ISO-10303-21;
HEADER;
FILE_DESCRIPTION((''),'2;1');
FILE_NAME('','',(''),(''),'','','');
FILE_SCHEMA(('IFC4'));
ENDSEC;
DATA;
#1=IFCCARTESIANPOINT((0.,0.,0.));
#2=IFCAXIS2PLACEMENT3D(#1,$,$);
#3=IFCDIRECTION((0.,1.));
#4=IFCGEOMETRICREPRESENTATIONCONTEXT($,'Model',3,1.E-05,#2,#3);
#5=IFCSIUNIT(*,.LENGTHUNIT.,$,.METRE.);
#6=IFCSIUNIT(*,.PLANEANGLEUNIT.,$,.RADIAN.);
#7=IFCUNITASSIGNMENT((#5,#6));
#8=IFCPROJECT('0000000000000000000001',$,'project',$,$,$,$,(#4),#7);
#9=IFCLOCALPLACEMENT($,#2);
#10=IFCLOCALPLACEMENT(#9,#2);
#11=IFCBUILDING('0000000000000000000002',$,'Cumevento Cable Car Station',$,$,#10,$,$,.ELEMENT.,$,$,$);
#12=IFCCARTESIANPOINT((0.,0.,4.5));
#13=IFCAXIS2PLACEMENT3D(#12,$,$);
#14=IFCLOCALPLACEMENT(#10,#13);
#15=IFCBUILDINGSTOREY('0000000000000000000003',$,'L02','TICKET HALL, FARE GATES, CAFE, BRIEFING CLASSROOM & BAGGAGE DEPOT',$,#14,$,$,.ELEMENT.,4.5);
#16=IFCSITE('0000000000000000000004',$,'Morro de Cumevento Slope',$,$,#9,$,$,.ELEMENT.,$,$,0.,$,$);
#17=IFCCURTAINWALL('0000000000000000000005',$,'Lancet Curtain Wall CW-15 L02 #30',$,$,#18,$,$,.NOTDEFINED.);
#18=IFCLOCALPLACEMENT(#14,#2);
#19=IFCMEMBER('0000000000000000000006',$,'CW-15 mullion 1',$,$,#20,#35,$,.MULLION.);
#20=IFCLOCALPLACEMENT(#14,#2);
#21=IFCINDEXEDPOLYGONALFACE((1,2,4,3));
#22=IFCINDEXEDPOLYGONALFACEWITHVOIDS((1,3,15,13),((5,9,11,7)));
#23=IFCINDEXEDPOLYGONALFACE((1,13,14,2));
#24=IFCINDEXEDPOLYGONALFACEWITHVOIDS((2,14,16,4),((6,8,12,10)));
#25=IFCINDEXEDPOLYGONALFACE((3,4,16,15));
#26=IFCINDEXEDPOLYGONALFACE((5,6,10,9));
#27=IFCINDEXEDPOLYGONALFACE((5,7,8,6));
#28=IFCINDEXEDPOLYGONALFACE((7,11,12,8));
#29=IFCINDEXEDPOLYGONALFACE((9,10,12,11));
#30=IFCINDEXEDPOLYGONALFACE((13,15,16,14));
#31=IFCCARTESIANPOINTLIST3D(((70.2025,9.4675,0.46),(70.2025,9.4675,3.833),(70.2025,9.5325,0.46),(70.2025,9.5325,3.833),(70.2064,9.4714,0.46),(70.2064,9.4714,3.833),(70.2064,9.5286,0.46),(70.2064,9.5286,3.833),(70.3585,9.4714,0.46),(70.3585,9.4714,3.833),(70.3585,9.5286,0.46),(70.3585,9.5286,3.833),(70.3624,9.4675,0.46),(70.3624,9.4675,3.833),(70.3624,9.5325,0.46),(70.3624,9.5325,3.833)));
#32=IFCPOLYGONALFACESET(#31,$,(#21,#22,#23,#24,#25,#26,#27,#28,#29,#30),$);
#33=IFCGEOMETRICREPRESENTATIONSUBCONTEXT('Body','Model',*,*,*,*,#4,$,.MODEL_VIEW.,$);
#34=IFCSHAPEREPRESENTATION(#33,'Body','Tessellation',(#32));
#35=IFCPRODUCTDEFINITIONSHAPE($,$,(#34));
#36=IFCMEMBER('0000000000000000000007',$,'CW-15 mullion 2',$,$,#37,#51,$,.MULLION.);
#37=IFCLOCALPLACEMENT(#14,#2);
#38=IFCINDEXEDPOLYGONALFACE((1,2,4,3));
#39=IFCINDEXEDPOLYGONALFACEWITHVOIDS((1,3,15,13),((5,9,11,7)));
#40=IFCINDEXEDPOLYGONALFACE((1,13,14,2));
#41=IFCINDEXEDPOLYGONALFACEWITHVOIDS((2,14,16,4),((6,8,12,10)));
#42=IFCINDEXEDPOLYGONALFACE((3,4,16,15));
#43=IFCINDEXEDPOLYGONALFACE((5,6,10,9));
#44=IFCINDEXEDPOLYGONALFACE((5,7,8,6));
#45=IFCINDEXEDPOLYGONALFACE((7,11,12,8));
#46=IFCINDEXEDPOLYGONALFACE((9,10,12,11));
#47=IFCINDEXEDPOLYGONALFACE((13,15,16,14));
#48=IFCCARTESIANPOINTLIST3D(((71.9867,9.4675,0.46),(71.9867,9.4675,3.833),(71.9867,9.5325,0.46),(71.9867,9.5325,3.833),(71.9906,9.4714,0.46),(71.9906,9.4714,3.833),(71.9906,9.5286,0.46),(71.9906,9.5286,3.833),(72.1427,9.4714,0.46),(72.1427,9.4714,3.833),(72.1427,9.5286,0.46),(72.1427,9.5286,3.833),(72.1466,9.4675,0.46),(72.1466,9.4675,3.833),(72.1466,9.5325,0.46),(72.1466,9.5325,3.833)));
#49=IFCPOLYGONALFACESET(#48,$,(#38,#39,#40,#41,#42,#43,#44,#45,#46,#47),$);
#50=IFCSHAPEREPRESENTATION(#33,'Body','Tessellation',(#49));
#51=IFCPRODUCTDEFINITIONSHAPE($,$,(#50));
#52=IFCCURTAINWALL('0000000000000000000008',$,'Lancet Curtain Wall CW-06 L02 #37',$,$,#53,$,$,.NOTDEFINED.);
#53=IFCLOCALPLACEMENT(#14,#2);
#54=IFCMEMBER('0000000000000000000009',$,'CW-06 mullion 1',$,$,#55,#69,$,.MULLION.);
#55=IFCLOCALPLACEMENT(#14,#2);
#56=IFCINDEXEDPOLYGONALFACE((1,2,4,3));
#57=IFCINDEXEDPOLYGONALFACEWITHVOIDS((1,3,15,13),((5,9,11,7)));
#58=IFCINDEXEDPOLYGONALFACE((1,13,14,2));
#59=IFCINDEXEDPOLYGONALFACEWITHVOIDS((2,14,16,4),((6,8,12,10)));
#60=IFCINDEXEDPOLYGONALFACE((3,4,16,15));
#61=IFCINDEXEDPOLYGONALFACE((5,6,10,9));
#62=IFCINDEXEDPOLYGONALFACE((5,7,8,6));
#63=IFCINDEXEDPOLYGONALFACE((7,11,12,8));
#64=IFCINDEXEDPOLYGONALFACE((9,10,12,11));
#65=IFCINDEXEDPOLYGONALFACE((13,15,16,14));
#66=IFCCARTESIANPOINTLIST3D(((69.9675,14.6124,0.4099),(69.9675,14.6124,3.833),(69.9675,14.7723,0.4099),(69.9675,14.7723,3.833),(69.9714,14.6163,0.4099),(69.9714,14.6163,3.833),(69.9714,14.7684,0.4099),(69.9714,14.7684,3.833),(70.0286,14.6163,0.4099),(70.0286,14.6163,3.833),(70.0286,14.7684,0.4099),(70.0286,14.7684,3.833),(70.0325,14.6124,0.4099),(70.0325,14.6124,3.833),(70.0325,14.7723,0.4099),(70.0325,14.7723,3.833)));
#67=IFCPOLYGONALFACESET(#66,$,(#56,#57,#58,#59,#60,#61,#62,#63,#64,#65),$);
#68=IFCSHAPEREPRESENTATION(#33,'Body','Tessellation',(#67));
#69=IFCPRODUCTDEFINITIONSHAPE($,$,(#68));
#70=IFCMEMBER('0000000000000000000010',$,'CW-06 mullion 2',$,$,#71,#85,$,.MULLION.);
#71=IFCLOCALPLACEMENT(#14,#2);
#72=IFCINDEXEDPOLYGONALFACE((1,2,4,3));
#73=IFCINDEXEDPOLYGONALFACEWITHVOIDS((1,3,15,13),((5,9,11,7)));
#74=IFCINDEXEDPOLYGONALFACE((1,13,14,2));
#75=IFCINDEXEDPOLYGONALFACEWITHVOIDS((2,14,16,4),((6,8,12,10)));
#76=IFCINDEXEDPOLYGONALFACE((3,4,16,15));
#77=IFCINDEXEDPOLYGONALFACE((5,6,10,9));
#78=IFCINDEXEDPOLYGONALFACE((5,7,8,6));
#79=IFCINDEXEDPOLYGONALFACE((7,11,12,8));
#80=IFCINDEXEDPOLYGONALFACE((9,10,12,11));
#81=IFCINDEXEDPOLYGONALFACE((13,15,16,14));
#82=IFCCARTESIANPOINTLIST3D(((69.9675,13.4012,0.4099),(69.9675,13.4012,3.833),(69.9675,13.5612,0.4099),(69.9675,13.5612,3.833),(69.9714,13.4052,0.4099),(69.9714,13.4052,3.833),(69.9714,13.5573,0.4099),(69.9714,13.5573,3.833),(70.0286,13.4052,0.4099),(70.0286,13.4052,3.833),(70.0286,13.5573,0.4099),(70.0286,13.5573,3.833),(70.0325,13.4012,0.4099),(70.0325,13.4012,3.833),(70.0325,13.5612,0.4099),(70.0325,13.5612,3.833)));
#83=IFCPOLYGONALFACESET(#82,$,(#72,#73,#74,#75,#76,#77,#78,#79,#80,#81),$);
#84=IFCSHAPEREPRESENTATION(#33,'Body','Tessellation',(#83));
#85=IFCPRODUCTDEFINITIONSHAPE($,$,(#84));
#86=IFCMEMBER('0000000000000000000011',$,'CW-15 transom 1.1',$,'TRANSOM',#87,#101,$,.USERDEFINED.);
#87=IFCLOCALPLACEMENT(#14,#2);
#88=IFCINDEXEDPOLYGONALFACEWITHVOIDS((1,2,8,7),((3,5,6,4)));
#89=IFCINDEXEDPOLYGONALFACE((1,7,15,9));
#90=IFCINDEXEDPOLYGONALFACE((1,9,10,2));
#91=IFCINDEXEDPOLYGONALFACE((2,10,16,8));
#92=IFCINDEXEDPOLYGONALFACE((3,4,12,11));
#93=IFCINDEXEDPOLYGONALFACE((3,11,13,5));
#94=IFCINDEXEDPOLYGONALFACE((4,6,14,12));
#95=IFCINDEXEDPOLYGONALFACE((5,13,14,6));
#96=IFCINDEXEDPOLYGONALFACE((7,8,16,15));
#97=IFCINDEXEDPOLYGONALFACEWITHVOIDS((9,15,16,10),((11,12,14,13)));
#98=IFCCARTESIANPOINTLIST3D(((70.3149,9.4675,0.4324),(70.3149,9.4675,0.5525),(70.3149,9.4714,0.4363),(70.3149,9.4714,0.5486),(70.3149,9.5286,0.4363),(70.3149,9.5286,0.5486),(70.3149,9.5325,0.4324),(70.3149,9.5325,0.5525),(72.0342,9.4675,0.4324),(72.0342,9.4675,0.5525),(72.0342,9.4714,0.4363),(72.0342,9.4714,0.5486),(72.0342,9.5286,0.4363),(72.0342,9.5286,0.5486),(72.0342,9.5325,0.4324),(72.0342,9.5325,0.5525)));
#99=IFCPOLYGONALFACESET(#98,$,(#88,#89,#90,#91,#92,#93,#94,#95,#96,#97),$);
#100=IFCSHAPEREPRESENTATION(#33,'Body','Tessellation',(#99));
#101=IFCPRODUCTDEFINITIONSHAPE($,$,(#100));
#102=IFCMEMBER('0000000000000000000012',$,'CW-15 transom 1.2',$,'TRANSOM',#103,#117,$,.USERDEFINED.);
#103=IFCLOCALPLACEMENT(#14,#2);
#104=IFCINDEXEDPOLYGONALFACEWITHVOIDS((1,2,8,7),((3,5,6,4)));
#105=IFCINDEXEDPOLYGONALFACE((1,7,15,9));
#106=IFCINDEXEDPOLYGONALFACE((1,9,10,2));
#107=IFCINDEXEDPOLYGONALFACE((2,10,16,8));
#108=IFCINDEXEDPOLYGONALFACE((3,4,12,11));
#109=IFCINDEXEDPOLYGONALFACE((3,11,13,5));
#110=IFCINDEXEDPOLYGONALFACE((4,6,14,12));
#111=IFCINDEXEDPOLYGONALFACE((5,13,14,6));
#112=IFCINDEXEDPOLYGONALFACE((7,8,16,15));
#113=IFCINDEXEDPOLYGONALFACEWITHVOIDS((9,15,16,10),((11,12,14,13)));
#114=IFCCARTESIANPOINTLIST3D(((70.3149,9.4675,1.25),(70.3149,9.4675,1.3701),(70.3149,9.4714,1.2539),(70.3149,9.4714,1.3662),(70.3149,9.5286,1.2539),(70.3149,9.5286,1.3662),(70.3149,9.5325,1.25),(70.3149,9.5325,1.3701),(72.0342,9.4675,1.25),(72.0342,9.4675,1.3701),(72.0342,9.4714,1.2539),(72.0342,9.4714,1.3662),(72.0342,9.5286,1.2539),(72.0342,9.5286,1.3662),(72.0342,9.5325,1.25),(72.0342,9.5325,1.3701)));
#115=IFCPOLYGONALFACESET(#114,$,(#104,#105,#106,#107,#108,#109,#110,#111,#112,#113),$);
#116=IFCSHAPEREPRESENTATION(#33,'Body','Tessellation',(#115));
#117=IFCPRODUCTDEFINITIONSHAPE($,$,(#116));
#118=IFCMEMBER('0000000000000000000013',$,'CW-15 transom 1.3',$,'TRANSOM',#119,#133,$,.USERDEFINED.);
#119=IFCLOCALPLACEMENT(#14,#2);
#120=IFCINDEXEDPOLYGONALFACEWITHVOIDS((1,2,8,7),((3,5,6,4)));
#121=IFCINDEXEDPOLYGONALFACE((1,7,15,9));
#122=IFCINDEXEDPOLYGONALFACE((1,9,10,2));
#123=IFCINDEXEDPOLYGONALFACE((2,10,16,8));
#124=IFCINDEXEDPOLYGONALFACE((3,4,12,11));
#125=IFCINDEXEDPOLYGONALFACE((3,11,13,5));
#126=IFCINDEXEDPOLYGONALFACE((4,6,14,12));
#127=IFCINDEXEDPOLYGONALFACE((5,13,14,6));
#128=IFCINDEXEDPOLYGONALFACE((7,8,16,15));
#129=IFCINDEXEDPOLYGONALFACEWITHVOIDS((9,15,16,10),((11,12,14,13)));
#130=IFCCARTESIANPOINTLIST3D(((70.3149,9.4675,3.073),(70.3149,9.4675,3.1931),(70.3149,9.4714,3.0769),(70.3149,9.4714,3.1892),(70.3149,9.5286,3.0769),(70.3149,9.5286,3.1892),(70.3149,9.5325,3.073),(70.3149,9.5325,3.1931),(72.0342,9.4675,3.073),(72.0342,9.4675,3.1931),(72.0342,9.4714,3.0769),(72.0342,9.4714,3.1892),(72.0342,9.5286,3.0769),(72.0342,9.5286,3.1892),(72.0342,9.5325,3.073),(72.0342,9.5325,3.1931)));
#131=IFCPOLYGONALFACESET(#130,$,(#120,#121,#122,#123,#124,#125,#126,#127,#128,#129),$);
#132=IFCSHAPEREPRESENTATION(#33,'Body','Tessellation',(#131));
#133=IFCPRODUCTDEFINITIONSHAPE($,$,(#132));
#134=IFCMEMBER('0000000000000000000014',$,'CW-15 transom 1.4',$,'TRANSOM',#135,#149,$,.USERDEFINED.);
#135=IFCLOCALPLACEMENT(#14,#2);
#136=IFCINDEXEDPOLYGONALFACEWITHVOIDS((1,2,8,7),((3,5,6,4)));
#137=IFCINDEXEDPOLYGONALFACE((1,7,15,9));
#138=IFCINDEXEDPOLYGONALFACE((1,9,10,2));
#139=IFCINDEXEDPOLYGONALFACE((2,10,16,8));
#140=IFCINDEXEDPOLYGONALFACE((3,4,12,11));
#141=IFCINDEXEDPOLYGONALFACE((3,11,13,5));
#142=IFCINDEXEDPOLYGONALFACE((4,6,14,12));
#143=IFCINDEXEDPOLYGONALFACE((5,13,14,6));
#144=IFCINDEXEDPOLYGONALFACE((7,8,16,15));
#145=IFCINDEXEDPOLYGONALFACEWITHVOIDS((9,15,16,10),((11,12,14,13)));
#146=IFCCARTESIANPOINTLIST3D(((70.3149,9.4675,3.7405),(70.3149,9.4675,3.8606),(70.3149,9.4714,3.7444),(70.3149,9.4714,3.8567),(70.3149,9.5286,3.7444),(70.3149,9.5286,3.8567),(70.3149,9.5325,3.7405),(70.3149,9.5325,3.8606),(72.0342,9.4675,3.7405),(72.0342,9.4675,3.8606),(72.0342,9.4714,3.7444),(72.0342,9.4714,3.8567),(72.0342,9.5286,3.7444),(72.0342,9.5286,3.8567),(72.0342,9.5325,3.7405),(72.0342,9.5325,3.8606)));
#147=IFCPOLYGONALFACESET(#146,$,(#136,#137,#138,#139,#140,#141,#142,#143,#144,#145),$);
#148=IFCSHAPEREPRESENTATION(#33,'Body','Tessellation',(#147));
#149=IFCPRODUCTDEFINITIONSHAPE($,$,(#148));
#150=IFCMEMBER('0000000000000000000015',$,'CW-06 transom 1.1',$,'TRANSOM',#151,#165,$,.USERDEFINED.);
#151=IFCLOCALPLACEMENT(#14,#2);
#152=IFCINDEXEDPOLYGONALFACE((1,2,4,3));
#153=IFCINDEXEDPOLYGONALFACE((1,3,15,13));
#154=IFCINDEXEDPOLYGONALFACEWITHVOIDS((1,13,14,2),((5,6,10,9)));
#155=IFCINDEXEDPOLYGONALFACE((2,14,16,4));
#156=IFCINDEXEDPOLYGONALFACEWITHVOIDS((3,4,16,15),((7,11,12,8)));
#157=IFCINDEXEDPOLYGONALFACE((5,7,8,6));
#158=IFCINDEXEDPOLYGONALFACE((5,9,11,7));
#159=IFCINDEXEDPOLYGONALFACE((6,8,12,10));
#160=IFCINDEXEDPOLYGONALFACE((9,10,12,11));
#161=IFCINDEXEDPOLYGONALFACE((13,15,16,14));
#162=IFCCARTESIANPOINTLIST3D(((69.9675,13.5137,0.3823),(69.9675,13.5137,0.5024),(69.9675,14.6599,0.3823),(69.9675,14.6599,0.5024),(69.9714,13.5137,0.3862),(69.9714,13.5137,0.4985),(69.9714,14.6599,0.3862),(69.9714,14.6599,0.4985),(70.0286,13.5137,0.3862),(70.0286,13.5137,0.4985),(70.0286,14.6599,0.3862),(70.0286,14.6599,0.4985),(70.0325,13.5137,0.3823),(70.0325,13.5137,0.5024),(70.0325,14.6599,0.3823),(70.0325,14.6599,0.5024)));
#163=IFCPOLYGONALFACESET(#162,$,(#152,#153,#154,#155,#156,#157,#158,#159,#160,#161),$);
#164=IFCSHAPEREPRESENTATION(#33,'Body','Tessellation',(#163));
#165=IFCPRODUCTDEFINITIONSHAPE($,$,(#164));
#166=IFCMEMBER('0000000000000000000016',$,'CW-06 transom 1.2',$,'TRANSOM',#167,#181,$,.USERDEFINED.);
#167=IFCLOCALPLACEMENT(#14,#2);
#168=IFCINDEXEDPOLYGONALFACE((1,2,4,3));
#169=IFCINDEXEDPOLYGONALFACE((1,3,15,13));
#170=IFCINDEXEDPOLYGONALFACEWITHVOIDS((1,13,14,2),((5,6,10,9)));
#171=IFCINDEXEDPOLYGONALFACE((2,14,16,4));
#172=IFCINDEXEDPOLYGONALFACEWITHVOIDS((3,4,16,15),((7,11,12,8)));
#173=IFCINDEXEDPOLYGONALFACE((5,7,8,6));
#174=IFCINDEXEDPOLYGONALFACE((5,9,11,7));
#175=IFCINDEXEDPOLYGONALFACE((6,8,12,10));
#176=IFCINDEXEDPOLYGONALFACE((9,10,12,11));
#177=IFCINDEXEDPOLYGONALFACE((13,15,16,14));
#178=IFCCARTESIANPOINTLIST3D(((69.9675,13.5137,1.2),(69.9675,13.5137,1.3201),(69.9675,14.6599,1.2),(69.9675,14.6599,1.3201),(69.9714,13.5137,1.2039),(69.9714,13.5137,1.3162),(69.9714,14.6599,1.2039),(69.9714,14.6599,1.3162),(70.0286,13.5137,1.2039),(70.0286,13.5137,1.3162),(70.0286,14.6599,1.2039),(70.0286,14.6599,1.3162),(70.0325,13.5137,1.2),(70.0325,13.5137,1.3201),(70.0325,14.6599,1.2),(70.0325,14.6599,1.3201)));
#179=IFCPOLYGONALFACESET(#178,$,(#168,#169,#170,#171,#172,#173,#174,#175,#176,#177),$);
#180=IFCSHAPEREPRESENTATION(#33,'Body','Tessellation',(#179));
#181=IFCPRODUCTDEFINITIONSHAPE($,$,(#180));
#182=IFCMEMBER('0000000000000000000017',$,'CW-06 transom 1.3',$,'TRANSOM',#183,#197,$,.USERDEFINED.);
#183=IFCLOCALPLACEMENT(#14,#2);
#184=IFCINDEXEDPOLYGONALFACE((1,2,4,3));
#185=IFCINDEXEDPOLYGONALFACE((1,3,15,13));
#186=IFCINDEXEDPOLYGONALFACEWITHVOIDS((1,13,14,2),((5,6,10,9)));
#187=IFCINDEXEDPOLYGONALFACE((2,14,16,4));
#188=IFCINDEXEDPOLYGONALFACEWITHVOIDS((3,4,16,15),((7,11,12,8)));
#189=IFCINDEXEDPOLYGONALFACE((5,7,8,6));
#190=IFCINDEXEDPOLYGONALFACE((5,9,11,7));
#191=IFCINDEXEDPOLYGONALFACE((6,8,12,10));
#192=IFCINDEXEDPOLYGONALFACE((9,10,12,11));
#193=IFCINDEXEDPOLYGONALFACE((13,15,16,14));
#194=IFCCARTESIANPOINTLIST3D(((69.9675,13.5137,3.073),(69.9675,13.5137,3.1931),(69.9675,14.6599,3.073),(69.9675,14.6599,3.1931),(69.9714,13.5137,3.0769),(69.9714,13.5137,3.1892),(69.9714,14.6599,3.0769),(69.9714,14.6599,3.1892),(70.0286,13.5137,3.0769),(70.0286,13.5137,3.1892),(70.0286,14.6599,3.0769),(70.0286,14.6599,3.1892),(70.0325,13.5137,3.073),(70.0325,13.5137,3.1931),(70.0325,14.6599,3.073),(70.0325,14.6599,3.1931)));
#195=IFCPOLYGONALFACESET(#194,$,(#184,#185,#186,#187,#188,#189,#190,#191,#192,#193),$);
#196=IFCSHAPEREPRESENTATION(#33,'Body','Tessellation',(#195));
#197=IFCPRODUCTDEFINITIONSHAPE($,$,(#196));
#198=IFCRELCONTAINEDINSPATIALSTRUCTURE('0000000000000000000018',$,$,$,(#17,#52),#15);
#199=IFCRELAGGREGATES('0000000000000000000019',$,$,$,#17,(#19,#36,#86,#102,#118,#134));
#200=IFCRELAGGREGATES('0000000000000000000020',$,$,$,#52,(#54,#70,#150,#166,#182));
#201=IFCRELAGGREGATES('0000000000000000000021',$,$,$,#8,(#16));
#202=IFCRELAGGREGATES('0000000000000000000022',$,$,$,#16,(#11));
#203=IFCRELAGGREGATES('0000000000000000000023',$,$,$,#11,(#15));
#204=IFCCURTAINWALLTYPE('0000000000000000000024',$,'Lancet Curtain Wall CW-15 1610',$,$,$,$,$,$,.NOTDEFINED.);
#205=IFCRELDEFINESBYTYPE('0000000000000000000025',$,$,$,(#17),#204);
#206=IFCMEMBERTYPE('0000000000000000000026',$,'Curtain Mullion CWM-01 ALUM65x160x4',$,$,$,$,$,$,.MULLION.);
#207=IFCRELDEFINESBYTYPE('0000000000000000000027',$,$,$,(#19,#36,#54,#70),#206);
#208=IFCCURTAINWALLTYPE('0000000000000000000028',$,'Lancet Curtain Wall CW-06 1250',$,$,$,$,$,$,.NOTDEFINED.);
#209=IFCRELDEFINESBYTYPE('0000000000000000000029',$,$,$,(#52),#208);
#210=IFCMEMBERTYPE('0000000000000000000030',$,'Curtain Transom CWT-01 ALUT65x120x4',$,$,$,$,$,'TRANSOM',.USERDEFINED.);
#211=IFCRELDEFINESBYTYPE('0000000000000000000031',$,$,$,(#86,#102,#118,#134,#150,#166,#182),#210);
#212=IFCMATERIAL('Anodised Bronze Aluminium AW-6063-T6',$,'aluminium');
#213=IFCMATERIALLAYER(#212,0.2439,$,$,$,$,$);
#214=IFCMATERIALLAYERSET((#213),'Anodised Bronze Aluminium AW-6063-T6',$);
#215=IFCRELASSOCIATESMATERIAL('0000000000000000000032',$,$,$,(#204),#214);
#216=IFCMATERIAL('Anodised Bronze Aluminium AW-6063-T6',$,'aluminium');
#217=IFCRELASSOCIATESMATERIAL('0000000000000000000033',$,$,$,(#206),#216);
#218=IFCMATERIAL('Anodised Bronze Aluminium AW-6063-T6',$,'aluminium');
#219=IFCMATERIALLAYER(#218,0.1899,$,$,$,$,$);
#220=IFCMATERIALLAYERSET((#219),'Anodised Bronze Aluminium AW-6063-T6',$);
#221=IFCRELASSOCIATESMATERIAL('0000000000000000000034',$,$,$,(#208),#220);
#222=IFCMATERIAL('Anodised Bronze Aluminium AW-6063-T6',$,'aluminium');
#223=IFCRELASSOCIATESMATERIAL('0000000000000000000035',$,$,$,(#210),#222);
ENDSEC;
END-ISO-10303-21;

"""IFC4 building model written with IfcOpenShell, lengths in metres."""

from ifc_helpers import new_model, si_unit, direction, frame, origin, origin_2d, place, context, subcontext, project, spatial, hollow_rectangle, extrude, material, layer, layer_set, material_profile, profile_set, type_object, element, aggregate, save


model = new_model("IFC4")

# Units and contexts
model_context = context("Model", 3, precision=1e-05, world=origin(), true_north=direction((0.0, 1.0)))
body_context = subcontext(model_context, "Body", "Model", "MODEL_VIEW")
ifc_project = project(units=[si_unit("LENGTHUNIT", "METRE"), si_unit("PLANEANGLEUNIT", "RADIAN")], contexts=[model_context])

# Site, building, storey
site_placement = place(None, origin())
site = spatial("IfcSite", under=ifc_project, at=site_placement, Name="Morro de Cumevento Slope", CompositionType="ELEMENT", RefElevation=0.0)
building_placement = place(site_placement, origin())
building = spatial("IfcBuilding", under=site, at=building_placement, Name="Cumevento Cable Car Station", CompositionType="ELEMENT")
storey_placement = place(building_placement, frame((0.0, 0.0, 4.5)))
storey = spatial("IfcBuildingStorey", under=building, at=storey_placement, Name="L02", Description="TICKET HALL, FARE GATES, CAFE, BRIEFING CLASSROOM & BAGGAGE DEPOT", CompositionType="ELEMENT", Elevation=4.5)

# Curtain walls, members
ifc_material_1 = material(Name="Anodised Bronze Aluminium AW-6063-T6", Category="aluminium")
ifc_layer_1 = layer(ifc_material_1, 0.2439)
ifc_layer_set_1 = layer_set([ifc_layer_1], Name="Anodised Bronze Aluminium AW-6063-T6")
curtain_wall_type_1 = type_object("IfcCurtainWallType", Name="Lancet Curtain Wall CW-15 1610", PredefinedType="NOTDEFINED", material=ifc_layer_set_1)
curtain_wall_1_placement = place(storey_placement, origin())
curtain_wall_1 = element("IfcCurtainWall", 1, at=curtain_wall_1_placement, inside=storey, type_object=curtain_wall_type_1, Name="Lancet Curtain Wall CW-15 L02 #30", PredefinedType="NOTDEFINED")
ifc_material_2 = material(Name="Anodised Bronze Aluminium AW-6063-T6", Category="aluminium")
ifc_material_profile_1 = material_profile(ifc_material_2, hollow_rectangle(XDim=0.0649, YDim=0.1599, WallThickness=0.0039, at=origin_2d()), Name="ALUM65x160x4")
ifc_profile_set_1 = profile_set([ifc_material_profile_1], Name="Anodised Bronze Aluminium AW-6063-T6")
member_type_1 = type_object("IfcMemberType", Name="Curtain Mullion CWM-01 ALUM65x160x4", PredefinedType="MULLION", material=ifc_profile_set_1)
member_1_placement = place(storey_placement, frame((70.2825, 9.5, 0.46), z_axis=(0.0, 0.0, 1.0), x_axis=(0.0, 1.0, 0.0)))
member_1 = element("IfcMember", 2, at=member_1_placement, type_object=member_type_1, Name="CW-15 mullion 1", PredefinedType="MULLION", context=body_context, shape_type="SweptSolid", body=[
    extrude(hollow_rectangle(XDim=0.0649, YDim=0.1599, WallThickness=0.0039, at=origin_2d()), origin(), (0.0, 0.0, 1.0), 3.373),
])
member_2_placement = place(storey_placement, frame((72.0667, 9.5, 0.46), z_axis=(0.0, 0.0, 1.0), x_axis=(0.0, 1.0, 0.0)))
member_2 = element("IfcMember", 3, at=member_2_placement, type_object=member_type_1, Name="CW-15 mullion 2", PredefinedType="MULLION", context=body_context, shape_type="SweptSolid", body=[
    extrude(hollow_rectangle(XDim=0.0649, YDim=0.1599, WallThickness=0.0039, at=origin_2d()), origin(), (0.0, 0.0, 1.0), 3.373),
])
ifc_material_3 = material(Name="Anodised Bronze Aluminium AW-6063-T6", Category="aluminium")
ifc_layer_2 = layer(ifc_material_3, 0.1899)
ifc_layer_set_2 = layer_set([ifc_layer_2], Name="Anodised Bronze Aluminium AW-6063-T6")
curtain_wall_type_2 = type_object("IfcCurtainWallType", Name="Lancet Curtain Wall CW-06 1250", PredefinedType="NOTDEFINED", material=ifc_layer_set_2)
curtain_wall_2_placement = place(storey_placement, origin())
curtain_wall_2 = element("IfcCurtainWall", 4, at=curtain_wall_2_placement, inside=storey, type_object=curtain_wall_type_2, Name="Lancet Curtain Wall CW-06 L02 #37", PredefinedType="NOTDEFINED")
member_3_placement = place(storey_placement, frame((70.0, 14.6924, 0.4099), z_axis=(0.0, 0.0, 1.0), x_axis=(1.0, 0.0, 0.0)))
member_3 = element("IfcMember", 5, at=member_3_placement, type_object=member_type_1, Name="CW-06 mullion 1", PredefinedType="MULLION", context=body_context, shape_type="SweptSolid", body=[
    extrude(hollow_rectangle(XDim=0.0649, YDim=0.1599, WallThickness=0.0039, at=origin_2d()), origin(), (0.0, 0.0, 1.0), 3.4231),
])
member_4_placement = place(storey_placement, frame((70.0, 13.4812, 0.4099), z_axis=(0.0, 0.0, 1.0), x_axis=(1.0, 0.0, 0.0)))
member_4 = element("IfcMember", 6, at=member_4_placement, type_object=member_type_1, Name="CW-06 mullion 2", PredefinedType="MULLION", context=body_context, shape_type="SweptSolid", body=[
    extrude(hollow_rectangle(XDim=0.0649, YDim=0.1599, WallThickness=0.0039, at=origin_2d()), origin(), (0.0, 0.0, 1.0), 3.4231),
])

# Members
ifc_material_4 = material(Name="Anodised Bronze Aluminium AW-6063-T6", Category="aluminium")
ifc_material_profile_2 = material_profile(ifc_material_4, hollow_rectangle(XDim=0.0649, YDim=0.1201, WallThickness=0.0039, at=origin_2d()), Name="ALUT65x120x4")
ifc_profile_set_2 = profile_set([ifc_material_profile_2], Name="Anodised Bronze Aluminium AW-6063-T6")
member_type_2 = type_object("IfcMemberType", Name="Curtain Transom CWT-01 ALUT65x120x4", ElementType="TRANSOM", PredefinedType="USERDEFINED", material=ifc_profile_set_2)
member_5_placement = place(storey_placement, frame((70.3149, 9.5, 0.4924), z_axis=(1.0, 0.0, 0.0), x_axis=(0.0, 1.0, 0.0)))
member_5 = element("IfcMember", 7, at=member_5_placement, type_object=member_type_2, Name="CW-15 transom 1.1", ObjectType="TRANSOM", PredefinedType="USERDEFINED", context=body_context, shape_type="SweptSolid", body=[
    extrude(hollow_rectangle(XDim=0.0649, YDim=0.1201, WallThickness=0.0039, at=origin_2d()), origin(), (0.0, 0.0, 1.0), 1.7192),
])
member_6_placement = place(storey_placement, frame((70.3149, 9.5, 1.3101), z_axis=(1.0, 0.0, 0.0), x_axis=(0.0, 1.0, 0.0)))
member_6 = element("IfcMember", 8, at=member_6_placement, type_object=member_type_2, Name="CW-15 transom 1.2", ObjectType="TRANSOM", PredefinedType="USERDEFINED", context=body_context, shape_type="SweptSolid", body=[
    extrude(hollow_rectangle(XDim=0.0649, YDim=0.1201, WallThickness=0.0039, at=origin_2d()), origin(), (0.0, 0.0, 1.0), 1.7192),
])
member_7_placement = place(storey_placement, frame((70.3149, 9.5, 3.1331), z_axis=(1.0, 0.0, 0.0), x_axis=(0.0, 1.0, 0.0)))
member_7 = element("IfcMember", 9, at=member_7_placement, type_object=member_type_2, Name="CW-15 transom 1.3", ObjectType="TRANSOM", PredefinedType="USERDEFINED", context=body_context, shape_type="SweptSolid", body=[
    extrude(hollow_rectangle(XDim=0.0649, YDim=0.1201, WallThickness=0.0039, at=origin_2d()), origin(), (0.0, 0.0, 1.0), 1.7192),
])
member_8_placement = place(storey_placement, frame((70.3149, 9.5, 3.8005), z_axis=(1.0, 0.0, 0.0), x_axis=(0.0, 1.0, 0.0)))
member_8 = element("IfcMember", 10, at=member_8_placement, type_object=member_type_2, Name="CW-15 transom 1.4", ObjectType="TRANSOM", PredefinedType="USERDEFINED", context=body_context, shape_type="SweptSolid", body=[
    extrude(hollow_rectangle(XDim=0.0649, YDim=0.1201, WallThickness=0.0039, at=origin_2d()), origin(), (0.0, 0.0, 1.0), 1.7192),
])
member_9_placement = place(storey_placement, frame((70.0, 14.6599, 0.4424), z_axis=(0.0, -1.0, 0.0), x_axis=(1.0, 0.0, 0.0)))
member_9 = element("IfcMember", 11, at=member_9_placement, type_object=member_type_2, Name="CW-06 transom 1.1", ObjectType="TRANSOM", PredefinedType="USERDEFINED", context=body_context, shape_type="SweptSolid", body=[
    extrude(hollow_rectangle(XDim=0.0649, YDim=0.1201, WallThickness=0.0039, at=origin_2d()), origin(), (0.0, 0.0, 1.0), 1.1462),
])
member_10_placement = place(storey_placement, frame((70.0, 14.6599, 1.26), z_axis=(0.0, -1.0, 0.0), x_axis=(1.0, 0.0, 0.0)))
member_10 = element("IfcMember", 12, at=member_10_placement, type_object=member_type_2, Name="CW-06 transom 1.2", ObjectType="TRANSOM", PredefinedType="USERDEFINED", context=body_context, shape_type="SweptSolid", body=[
    extrude(hollow_rectangle(XDim=0.0649, YDim=0.1201, WallThickness=0.0039, at=origin_2d()), origin(), (0.0, 0.0, 1.0), 1.1462),
])
member_11_placement = place(storey_placement, frame((70.0, 14.6599, 3.1331), z_axis=(0.0, -1.0, 0.0), x_axis=(1.0, 0.0, 0.0)))
member_11 = element("IfcMember", 13, at=member_11_placement, type_object=member_type_2, Name="CW-06 transom 1.3", ObjectType="TRANSOM", PredefinedType="USERDEFINED", context=body_context, shape_type="SweptSolid", body=[
    extrude(hollow_rectangle(XDim=0.0649, YDim=0.1201, WallThickness=0.0039, at=origin_2d()), origin(), (0.0, 0.0, 1.0), 1.1462),
])

aggregate(curtain_wall_1, [member_1, member_2, member_5, member_6, member_7, member_8])
aggregate(curtain_wall_2, [member_3, member_4, member_9, member_10, member_11])

save(model, "model.ifc")
